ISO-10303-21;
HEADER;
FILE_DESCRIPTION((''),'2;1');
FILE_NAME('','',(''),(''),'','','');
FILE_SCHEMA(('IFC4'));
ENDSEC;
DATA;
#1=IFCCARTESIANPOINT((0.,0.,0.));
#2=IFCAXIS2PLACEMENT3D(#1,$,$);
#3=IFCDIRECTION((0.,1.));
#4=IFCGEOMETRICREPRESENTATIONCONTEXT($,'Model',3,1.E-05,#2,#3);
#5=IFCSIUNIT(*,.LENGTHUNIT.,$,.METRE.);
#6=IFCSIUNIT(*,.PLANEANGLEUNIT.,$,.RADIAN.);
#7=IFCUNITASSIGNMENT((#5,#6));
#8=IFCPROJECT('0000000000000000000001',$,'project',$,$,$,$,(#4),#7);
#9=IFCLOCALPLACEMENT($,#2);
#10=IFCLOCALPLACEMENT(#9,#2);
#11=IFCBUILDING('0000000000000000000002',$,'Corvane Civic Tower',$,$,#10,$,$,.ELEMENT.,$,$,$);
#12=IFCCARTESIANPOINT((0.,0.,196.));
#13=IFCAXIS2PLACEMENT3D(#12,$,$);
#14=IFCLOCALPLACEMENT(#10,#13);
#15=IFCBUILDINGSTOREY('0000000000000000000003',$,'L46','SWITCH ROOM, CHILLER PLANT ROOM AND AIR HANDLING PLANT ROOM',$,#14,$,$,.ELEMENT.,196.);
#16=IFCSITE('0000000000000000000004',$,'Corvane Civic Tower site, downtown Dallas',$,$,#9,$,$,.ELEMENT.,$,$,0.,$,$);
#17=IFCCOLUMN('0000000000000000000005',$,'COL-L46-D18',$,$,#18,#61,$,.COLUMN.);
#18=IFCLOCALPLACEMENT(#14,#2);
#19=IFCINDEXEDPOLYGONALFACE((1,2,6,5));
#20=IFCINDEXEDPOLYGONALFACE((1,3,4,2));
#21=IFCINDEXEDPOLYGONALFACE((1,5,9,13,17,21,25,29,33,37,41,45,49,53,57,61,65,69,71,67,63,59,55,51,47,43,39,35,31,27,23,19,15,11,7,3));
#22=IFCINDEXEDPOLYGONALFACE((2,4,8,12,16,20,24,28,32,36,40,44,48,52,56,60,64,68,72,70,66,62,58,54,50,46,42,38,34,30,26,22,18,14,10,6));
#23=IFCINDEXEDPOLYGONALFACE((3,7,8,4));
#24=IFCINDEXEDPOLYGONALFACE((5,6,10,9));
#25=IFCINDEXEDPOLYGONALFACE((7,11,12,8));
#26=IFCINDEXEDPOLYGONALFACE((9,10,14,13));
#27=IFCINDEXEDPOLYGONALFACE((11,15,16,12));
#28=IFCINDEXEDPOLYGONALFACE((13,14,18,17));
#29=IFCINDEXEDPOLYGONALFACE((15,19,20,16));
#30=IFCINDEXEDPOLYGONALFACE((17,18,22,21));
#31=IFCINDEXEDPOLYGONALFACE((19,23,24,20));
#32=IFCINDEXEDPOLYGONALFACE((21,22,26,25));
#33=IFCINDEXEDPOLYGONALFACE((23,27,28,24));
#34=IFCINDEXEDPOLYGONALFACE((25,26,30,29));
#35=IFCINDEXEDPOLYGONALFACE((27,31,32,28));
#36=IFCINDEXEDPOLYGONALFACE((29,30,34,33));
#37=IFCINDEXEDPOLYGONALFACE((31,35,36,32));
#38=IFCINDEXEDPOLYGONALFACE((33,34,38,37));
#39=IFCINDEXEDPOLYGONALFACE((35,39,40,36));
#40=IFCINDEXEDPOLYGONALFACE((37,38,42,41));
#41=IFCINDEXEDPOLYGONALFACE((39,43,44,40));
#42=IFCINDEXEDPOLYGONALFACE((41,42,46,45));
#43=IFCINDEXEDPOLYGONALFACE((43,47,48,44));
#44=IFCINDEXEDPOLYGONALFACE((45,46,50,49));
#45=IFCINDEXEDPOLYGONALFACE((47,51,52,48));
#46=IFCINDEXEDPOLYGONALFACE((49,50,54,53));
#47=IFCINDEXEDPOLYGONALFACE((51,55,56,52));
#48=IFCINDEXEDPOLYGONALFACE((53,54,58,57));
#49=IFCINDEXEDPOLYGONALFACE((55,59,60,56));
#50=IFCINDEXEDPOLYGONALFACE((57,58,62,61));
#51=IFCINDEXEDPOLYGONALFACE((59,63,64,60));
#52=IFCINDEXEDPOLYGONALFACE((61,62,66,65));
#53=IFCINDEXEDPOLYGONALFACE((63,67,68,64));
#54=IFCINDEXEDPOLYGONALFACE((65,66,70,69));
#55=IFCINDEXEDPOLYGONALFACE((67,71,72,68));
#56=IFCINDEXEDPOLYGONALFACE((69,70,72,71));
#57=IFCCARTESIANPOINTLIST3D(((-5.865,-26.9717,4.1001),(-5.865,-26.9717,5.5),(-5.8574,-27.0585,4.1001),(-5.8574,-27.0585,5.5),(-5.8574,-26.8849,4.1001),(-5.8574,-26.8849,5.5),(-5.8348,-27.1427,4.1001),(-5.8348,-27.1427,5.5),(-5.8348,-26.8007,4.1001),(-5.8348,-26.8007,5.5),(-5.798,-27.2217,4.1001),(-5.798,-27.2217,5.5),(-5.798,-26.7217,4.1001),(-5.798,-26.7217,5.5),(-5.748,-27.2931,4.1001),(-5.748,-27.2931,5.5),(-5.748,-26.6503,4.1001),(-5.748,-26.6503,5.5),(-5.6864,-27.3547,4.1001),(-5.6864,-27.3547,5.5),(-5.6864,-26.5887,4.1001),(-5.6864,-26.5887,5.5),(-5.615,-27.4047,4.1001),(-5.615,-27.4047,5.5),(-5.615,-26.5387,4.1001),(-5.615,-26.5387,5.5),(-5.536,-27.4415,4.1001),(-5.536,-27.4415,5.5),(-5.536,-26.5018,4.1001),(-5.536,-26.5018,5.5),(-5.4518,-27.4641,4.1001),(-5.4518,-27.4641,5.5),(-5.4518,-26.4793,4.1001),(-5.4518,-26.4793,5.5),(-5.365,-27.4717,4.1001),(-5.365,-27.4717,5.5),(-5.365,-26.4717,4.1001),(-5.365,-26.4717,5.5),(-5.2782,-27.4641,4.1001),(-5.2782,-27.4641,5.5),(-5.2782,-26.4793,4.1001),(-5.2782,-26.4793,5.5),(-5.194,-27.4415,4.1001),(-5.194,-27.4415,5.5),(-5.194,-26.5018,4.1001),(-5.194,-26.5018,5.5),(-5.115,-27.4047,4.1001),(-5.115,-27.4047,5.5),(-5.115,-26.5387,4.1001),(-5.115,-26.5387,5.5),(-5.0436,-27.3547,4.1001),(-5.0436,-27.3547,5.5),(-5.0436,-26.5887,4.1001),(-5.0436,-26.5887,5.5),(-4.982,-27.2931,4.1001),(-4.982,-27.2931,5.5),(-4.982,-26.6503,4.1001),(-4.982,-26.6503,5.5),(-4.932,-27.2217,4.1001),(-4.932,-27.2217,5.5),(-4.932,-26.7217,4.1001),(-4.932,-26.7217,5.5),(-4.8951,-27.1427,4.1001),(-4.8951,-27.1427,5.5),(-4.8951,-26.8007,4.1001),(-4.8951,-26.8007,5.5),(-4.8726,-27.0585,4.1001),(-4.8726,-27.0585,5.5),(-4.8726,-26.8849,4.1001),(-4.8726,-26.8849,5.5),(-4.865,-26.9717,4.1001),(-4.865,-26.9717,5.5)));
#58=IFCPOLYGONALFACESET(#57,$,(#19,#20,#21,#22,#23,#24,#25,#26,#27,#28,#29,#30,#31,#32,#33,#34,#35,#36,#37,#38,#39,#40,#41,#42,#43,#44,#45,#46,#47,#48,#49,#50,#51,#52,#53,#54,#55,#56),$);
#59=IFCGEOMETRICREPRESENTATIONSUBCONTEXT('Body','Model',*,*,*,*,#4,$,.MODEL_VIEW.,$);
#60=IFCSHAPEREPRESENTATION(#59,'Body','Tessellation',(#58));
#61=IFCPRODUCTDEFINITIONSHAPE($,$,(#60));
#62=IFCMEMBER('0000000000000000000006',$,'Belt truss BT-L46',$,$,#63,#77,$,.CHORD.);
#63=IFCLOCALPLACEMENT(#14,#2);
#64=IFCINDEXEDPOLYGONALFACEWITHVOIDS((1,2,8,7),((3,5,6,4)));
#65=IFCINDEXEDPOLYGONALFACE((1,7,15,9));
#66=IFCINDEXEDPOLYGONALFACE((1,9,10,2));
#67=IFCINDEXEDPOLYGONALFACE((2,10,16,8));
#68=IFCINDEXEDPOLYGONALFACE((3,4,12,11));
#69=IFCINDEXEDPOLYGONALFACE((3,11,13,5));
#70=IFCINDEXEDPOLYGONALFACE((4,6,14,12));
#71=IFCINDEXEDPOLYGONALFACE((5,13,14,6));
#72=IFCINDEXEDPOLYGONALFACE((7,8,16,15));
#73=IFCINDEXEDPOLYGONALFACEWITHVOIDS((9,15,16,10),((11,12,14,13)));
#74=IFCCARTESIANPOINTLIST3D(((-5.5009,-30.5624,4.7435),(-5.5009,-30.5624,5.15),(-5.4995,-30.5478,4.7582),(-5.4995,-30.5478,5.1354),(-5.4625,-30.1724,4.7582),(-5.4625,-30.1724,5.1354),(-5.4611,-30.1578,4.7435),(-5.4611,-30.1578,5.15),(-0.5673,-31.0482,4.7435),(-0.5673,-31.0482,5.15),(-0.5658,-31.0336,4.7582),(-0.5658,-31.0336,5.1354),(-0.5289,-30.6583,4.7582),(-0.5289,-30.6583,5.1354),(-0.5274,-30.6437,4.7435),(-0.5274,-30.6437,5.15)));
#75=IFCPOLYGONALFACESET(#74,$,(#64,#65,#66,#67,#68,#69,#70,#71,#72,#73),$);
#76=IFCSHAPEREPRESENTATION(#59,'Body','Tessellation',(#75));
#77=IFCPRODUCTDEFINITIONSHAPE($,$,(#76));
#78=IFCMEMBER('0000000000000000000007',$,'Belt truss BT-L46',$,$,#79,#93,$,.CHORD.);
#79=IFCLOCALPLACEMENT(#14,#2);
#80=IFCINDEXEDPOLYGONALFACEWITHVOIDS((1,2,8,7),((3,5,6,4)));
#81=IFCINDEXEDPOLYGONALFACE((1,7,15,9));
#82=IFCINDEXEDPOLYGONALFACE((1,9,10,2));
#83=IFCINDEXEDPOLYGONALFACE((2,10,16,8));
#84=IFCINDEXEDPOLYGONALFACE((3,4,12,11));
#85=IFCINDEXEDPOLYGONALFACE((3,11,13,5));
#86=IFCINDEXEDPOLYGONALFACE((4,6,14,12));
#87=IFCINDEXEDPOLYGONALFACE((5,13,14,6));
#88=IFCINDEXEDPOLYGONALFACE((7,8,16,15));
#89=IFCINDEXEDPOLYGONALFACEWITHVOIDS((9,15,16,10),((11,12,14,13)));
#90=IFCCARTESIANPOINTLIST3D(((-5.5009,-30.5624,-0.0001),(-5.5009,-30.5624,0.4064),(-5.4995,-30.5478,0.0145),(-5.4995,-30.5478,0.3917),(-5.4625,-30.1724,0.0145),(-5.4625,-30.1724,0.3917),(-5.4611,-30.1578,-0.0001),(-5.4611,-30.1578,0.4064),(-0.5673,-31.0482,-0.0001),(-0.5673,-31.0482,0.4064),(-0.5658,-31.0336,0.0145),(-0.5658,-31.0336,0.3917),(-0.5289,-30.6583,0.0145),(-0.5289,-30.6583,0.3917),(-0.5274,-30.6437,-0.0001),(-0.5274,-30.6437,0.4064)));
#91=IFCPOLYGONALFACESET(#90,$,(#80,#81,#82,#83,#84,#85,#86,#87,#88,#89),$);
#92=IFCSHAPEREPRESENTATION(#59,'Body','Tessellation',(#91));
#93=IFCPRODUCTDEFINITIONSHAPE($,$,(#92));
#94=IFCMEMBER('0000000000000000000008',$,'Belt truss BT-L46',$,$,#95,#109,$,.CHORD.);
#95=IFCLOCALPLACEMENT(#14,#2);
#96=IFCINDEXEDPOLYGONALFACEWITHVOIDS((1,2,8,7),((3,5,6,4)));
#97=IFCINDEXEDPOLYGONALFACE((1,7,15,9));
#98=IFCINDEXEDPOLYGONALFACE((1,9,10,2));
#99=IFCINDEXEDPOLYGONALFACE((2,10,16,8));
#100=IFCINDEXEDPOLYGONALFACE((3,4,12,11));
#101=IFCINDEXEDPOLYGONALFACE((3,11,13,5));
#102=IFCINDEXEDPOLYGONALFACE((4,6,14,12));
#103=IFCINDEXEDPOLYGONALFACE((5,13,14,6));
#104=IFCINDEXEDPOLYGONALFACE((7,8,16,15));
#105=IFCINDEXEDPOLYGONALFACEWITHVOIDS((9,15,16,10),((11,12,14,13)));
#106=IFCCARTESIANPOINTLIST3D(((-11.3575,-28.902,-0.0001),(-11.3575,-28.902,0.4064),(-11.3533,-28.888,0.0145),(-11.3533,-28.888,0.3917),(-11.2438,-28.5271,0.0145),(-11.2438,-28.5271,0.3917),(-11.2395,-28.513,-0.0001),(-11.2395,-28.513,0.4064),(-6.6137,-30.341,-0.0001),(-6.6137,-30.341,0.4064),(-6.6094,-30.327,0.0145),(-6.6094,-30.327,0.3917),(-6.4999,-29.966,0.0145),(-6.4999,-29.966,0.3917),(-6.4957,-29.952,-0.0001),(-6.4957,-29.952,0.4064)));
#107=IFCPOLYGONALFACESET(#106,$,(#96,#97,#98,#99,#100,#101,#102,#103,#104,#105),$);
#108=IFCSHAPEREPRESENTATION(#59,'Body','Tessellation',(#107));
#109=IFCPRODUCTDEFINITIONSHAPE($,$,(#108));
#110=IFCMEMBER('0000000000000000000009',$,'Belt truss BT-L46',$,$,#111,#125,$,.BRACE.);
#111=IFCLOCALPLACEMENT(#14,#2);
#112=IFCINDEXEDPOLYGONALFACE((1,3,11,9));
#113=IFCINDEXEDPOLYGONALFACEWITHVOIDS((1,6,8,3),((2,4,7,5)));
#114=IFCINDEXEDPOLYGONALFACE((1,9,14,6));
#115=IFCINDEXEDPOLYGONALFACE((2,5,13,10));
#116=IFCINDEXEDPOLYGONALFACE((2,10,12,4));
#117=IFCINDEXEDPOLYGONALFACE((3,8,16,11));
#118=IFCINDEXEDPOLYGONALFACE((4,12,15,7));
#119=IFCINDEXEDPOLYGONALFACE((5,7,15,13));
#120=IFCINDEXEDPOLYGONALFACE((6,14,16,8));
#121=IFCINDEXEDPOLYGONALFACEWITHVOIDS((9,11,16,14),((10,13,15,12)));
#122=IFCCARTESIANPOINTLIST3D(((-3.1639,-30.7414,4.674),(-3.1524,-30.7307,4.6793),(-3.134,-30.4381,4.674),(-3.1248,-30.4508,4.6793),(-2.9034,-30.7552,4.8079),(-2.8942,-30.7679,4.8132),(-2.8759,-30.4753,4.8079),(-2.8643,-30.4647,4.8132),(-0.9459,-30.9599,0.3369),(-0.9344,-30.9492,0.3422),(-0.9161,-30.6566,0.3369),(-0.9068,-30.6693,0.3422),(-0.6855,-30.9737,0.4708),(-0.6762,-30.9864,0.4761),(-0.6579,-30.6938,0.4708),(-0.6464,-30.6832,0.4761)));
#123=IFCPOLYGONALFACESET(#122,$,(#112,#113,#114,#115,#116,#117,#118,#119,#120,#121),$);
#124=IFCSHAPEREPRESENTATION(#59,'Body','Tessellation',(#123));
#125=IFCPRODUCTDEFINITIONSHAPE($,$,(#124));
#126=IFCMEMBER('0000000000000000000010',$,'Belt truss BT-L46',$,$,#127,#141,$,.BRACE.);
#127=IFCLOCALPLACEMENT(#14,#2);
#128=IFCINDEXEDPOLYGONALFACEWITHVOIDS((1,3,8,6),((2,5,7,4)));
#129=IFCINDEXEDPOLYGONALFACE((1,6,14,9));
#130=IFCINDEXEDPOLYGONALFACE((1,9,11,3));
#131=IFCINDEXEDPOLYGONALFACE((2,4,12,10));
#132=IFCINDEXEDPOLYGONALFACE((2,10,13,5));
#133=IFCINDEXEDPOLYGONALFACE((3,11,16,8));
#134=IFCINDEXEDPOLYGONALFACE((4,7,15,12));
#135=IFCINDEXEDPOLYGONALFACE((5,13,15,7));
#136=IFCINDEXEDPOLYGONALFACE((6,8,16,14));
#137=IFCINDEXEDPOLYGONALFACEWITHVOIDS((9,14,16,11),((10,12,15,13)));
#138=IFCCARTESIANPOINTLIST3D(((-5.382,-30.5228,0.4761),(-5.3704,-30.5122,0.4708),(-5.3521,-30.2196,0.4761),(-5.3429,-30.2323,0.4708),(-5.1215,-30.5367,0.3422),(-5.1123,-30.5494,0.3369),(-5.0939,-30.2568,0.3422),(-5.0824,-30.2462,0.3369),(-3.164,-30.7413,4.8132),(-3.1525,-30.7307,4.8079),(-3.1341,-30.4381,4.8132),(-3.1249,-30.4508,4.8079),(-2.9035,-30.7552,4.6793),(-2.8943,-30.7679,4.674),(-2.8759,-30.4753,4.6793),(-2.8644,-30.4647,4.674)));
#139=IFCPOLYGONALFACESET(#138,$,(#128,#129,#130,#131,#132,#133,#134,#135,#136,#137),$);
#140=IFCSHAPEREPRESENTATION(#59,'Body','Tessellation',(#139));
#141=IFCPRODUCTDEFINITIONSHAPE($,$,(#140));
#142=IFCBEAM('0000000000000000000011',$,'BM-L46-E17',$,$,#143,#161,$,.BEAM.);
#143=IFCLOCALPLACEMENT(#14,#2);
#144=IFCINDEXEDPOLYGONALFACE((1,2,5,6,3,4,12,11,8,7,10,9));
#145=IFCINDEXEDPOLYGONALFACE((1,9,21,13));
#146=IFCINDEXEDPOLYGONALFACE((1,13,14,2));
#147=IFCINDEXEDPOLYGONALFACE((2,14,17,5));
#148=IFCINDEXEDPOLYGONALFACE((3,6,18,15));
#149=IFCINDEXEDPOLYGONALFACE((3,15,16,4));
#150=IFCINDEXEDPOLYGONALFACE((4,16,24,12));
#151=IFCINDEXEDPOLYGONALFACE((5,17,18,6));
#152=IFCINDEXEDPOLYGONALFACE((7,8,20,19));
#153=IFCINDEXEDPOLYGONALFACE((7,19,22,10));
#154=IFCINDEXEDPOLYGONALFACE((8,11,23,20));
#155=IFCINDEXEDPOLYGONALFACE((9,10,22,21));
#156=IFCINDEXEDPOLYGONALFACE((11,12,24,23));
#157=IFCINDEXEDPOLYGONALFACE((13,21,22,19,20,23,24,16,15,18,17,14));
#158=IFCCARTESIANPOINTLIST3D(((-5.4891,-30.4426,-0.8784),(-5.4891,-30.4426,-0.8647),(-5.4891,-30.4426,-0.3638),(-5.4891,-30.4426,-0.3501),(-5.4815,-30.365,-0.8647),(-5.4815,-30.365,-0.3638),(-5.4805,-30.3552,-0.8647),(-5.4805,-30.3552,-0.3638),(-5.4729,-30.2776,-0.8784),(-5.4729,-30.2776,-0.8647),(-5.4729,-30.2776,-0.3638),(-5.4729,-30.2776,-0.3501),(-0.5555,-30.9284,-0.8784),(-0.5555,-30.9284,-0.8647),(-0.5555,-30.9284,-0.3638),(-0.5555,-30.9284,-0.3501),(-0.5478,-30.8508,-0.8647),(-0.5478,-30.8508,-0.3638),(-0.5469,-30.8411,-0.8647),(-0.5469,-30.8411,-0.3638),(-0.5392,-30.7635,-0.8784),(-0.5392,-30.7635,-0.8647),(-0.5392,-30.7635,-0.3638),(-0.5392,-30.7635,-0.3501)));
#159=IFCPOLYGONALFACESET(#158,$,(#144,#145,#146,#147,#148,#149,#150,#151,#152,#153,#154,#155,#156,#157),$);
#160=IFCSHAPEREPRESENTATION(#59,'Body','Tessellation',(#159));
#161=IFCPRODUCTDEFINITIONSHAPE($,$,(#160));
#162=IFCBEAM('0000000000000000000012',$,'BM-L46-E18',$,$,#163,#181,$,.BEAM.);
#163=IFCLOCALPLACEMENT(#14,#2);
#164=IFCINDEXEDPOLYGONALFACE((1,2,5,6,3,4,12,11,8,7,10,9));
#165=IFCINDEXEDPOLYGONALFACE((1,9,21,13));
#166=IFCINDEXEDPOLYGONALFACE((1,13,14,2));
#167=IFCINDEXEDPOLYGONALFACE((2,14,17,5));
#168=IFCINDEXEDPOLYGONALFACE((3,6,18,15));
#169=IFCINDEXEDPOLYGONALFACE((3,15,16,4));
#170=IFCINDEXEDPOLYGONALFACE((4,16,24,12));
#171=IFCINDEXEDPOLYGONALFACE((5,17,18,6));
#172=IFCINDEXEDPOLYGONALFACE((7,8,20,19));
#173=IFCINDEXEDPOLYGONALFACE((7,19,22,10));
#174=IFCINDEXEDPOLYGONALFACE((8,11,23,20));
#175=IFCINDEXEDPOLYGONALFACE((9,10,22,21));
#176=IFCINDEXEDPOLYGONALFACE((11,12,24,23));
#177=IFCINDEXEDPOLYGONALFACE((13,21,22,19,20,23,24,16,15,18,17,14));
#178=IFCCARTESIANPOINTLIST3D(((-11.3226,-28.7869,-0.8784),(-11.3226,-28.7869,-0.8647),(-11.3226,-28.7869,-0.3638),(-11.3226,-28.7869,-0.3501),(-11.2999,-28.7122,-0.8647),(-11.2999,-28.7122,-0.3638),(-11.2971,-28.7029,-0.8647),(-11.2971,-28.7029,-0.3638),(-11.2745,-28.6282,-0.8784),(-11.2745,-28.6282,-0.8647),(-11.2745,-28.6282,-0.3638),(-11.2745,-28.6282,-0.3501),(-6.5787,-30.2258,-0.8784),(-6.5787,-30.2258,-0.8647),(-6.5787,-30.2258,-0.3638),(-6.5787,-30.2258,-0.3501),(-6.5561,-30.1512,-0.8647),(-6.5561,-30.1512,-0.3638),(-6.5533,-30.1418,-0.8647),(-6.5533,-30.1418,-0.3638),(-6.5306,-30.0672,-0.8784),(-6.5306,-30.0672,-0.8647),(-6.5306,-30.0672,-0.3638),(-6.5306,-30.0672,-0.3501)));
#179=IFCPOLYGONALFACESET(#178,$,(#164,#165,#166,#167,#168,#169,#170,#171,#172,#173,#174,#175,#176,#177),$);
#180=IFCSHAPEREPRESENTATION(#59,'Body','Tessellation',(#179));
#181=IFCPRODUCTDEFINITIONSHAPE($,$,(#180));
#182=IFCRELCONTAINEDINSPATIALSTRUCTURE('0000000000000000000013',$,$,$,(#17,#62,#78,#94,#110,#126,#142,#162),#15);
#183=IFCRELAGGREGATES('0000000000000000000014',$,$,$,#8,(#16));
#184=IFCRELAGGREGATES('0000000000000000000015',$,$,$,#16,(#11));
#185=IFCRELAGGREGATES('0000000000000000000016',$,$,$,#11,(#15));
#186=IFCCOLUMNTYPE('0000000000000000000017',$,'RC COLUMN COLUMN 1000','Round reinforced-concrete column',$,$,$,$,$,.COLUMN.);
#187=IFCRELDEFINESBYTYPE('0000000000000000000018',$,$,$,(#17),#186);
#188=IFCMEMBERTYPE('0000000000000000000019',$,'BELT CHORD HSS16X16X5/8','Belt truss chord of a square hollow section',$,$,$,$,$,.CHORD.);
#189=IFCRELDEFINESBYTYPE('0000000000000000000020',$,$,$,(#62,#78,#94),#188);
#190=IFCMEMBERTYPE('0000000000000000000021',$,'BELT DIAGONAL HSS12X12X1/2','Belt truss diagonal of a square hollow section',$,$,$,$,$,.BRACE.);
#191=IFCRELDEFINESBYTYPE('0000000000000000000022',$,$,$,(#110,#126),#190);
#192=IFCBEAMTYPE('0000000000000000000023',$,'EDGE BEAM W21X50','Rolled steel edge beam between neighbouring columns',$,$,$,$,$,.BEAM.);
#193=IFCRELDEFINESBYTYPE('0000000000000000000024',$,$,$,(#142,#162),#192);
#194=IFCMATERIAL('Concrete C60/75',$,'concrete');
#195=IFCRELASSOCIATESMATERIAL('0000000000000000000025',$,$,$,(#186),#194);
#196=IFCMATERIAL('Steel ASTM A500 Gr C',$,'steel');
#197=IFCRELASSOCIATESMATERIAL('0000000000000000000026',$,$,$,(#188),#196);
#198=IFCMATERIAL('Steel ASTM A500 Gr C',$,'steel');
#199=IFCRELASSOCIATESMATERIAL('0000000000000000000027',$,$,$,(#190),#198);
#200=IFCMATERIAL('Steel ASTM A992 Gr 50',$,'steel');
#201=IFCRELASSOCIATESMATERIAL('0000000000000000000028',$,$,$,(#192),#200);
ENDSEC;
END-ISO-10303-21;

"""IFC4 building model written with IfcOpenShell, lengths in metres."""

from ifc_helpers import new_model, si_unit, direction, frame, origin, origin_2d, place, context, subcontext, project, spatial, hollow_rectangle, circle, i_section, extrude, material, material_profile, profile_set, type_object, element, save


model = new_model("IFC4")

# Units and contexts
model_context = context("Model", 3, precision=1e-05, world=origin(), true_north=direction((0.0, 1.0)))
body_context = subcontext(model_context, "Body", "Model", "MODEL_VIEW")
ifc_project = project(units=[si_unit("LENGTHUNIT", "METRE"), si_unit("PLANEANGLEUNIT", "RADIAN")], contexts=[model_context])

# Site, building, storey
site_placement = place(None, origin())
site = spatial("IfcSite", under=ifc_project, at=site_placement, Name="Corvane Civic Tower site, downtown Dallas", CompositionType="ELEMENT", RefElevation=0.0)
building_placement = place(site_placement, origin())
building = spatial("IfcBuilding", under=site, at=building_placement, Name="Corvane Civic Tower", CompositionType="ELEMENT")
storey_placement = place(building_placement, frame((0.0, 0.0, 196.0)))
storey = spatial("IfcBuildingStorey", under=building, at=storey_placement, Name="L46", Description="SWITCH ROOM, CHILLER PLANT ROOM AND AIR HANDLING PLANT ROOM", CompositionType="ELEMENT", Elevation=196.0)

# Column
ifc_material_1 = material(Name="Concrete C60/75", Category="concrete")
ifc_material_profile_1 = material_profile(ifc_material_1, circle(Radius=0.5, at=origin_2d()), Name="COLUMN 1000")
ifc_profile_set_1 = profile_set([ifc_material_profile_1], Name="Concrete C60/75")
column_type_1 = type_object("IfcColumnType", Name="RC COLUMN COLUMN 1000", Description="Round reinforced-concrete column", PredefinedType="COLUMN", material=ifc_profile_set_1)
column_placement = place(storey_placement, frame((-5.365, -26.9717, 4.1001), z_axis=(0.0, 0.0, 1.0), x_axis=(1.0, 0.0, 0.0)))
element("IfcColumn", 1, at=column_placement, inside=storey, type_object=column_type_1, Name="COL-L46-D18", PredefinedType="COLUMN", context=body_context, shape_type="SweptSolid", body=[
    extrude(circle(Radius=0.5, at=origin_2d()), origin(), (0.0, 0.0, 1.0), 1.3999),
])

# Members
ifc_material_2 = material(Name="Steel ASTM A500 Gr C", Category="steel")
ifc_material_profile_2 = material_profile(ifc_material_2, hollow_rectangle(XDim=0.4065, YDim=0.4065, WallThickness=0.0146, at=origin_2d()), Name="HSS16X16X5/8")
ifc_profile_set_2 = profile_set([ifc_material_profile_2], Name="Steel ASTM A500 Gr C")
member_type_1 = type_object("IfcMemberType", Name="BELT CHORD HSS16X16X5/8", Description="Belt truss chord of a square hollow section", PredefinedType="CHORD", material=ifc_profile_set_2)
for number, where, z_axis, x_axis, name in (
    (2, (-0.5474, -30.8459, 4.9468), (-0.995186, 0.098002, 0.0), (-0.098002, -0.995186, 0.0), "Belt truss BT-L46"),
    (3, (-0.5474, -30.8459, 0.2031), (-0.995186, 0.098002, 0.0), (-0.098002, -0.995186, 0.0), "Belt truss BT-L46"),
):
    element("IfcMember", number, at=place(storey_placement, frame(where, z_axis=z_axis, x_axis=x_axis)), inside=storey, type_object=member_type_1, Name=name, PredefinedType="CHORD", context=body_context, shape_type="SweptSolid", body=[
        extrude(hollow_rectangle(XDim=0.4065, YDim=0.4065, WallThickness=0.0146, at=origin_2d()), origin(), (0.0, 0.0, 1.0), 4.9575),
    ])
member_1_placement = place(storey_placement, frame((-6.5547, -30.1465, 0.2031), z_axis=(-0.956945, 0.29027, 0.0), x_axis=(-0.29027, -0.956945, 0.0)))
element("IfcMember", 4, at=member_1_placement, inside=storey, type_object=member_type_1, Name="Belt truss BT-L46", PredefinedType="CHORD", context=body_context, shape_type="SweptSolid", body=[
    extrude(hollow_rectangle(XDim=0.4065, YDim=0.4065, WallThickness=0.0146, at=origin_2d()), origin(), (0.0, 0.0, 1.0), 4.9573),
])
ifc_material_3 = material(Name="Steel ASTM A500 Gr C", Category="steel")
ifc_material_profile_3 = material_profile(ifc_material_3, hollow_rectangle(XDim=0.3047, YDim=0.3047, WallThickness=0.0117, at=origin_2d()), Name="HSS12X12X1/2")
ifc_profile_set_3 = profile_set([ifc_material_profile_3], Name="Steel ASTM A500 Gr C")
member_type_2 = type_object("IfcMemberType", Name="BELT DIAGONAL HSS12X12X1/2", Description="Belt truss diagonal of a square hollow section", PredefinedType="BRACE", material=ifc_profile_set_3)
for number, where, z_axis, x_axis, name in (
    (5, (-0.7961, -30.8215, 0.4065), (-0.454857, 0.04481, 0.889437), (-0.098039, -0.995183, 0.0), "Belt truss BT-L46"),
    (6, (-5.2322, -30.3845, 0.4065), (0.454857, -0.04481, 0.889437), (0.098039, 0.995183, 0.0), "Belt truss BT-L46"),
):
    element("IfcMember", number, at=place(storey_placement, frame(where, z_axis=z_axis, x_axis=x_axis)), inside=storey, type_object=member_type_2, Name=name, PredefinedType="BRACE", context=body_context, shape_type="SweptSolid", body=[
        extrude(hollow_rectangle(XDim=0.3047, YDim=0.3047, WallThickness=0.0117, at=origin_2d()), origin(), (0.0, 0.0, 1.0), 4.8762),
    ])

# Beams
ifc_material_4 = material(Name="Steel ASTM A992 Gr 50", Category="steel")
ifc_material_profile_4 = material_profile(ifc_material_4, i_section(OverallWidth=0.1658, OverallDepth=0.5283, WebThickness=0.0098, FlangeThickness=0.0137, at=origin_2d()), Name="W21X50")
ifc_profile_set_4 = profile_set([ifc_material_profile_4], Name="Steel ASTM A992 Gr 50")
beam_type = type_object("IfcBeamType", Name="EDGE BEAM W21X50", Description="Rolled steel edge beam between neighbouring columns", PredefinedType="BEAM", material=ifc_profile_set_4)
beam_1_placement = place(storey_placement, frame((-0.5474, -30.8459, -0.6143), z_axis=(-0.995186, 0.098002, 0.0), x_axis=(-0.098002, -0.995186, 0.0)))
element("IfcBeam", 7, at=beam_1_placement, inside=storey, type_object=beam_type, Name="BM-L46-E17", PredefinedType="BEAM", context=body_context, shape_type="SweptSolid", body=[
    extrude(i_section(OverallWidth=0.1658, OverallDepth=0.5283, WebThickness=0.0098, FlangeThickness=0.0137, at=origin_2d()), origin(), (0.0, 0.0, 1.0), 4.9575),
])
beam_2_placement = place(storey_placement, frame((-6.5547, -30.1465, -0.6143), z_axis=(-0.956945, 0.29027, 0.0), x_axis=(-0.29027, -0.956945, 0.0)))
element("IfcBeam", 8, at=beam_2_placement, inside=storey, type_object=beam_type, Name="BM-L46-E18", PredefinedType="BEAM", context=body_context, shape_type="SweptSolid", body=[
    extrude(i_section(OverallWidth=0.1658, OverallDepth=0.5283, WebThickness=0.0098, FlangeThickness=0.0137, at=origin_2d()), origin(), (0.0, 0.0, 1.0), 4.9573),
])

save(model, "model.ifc")
